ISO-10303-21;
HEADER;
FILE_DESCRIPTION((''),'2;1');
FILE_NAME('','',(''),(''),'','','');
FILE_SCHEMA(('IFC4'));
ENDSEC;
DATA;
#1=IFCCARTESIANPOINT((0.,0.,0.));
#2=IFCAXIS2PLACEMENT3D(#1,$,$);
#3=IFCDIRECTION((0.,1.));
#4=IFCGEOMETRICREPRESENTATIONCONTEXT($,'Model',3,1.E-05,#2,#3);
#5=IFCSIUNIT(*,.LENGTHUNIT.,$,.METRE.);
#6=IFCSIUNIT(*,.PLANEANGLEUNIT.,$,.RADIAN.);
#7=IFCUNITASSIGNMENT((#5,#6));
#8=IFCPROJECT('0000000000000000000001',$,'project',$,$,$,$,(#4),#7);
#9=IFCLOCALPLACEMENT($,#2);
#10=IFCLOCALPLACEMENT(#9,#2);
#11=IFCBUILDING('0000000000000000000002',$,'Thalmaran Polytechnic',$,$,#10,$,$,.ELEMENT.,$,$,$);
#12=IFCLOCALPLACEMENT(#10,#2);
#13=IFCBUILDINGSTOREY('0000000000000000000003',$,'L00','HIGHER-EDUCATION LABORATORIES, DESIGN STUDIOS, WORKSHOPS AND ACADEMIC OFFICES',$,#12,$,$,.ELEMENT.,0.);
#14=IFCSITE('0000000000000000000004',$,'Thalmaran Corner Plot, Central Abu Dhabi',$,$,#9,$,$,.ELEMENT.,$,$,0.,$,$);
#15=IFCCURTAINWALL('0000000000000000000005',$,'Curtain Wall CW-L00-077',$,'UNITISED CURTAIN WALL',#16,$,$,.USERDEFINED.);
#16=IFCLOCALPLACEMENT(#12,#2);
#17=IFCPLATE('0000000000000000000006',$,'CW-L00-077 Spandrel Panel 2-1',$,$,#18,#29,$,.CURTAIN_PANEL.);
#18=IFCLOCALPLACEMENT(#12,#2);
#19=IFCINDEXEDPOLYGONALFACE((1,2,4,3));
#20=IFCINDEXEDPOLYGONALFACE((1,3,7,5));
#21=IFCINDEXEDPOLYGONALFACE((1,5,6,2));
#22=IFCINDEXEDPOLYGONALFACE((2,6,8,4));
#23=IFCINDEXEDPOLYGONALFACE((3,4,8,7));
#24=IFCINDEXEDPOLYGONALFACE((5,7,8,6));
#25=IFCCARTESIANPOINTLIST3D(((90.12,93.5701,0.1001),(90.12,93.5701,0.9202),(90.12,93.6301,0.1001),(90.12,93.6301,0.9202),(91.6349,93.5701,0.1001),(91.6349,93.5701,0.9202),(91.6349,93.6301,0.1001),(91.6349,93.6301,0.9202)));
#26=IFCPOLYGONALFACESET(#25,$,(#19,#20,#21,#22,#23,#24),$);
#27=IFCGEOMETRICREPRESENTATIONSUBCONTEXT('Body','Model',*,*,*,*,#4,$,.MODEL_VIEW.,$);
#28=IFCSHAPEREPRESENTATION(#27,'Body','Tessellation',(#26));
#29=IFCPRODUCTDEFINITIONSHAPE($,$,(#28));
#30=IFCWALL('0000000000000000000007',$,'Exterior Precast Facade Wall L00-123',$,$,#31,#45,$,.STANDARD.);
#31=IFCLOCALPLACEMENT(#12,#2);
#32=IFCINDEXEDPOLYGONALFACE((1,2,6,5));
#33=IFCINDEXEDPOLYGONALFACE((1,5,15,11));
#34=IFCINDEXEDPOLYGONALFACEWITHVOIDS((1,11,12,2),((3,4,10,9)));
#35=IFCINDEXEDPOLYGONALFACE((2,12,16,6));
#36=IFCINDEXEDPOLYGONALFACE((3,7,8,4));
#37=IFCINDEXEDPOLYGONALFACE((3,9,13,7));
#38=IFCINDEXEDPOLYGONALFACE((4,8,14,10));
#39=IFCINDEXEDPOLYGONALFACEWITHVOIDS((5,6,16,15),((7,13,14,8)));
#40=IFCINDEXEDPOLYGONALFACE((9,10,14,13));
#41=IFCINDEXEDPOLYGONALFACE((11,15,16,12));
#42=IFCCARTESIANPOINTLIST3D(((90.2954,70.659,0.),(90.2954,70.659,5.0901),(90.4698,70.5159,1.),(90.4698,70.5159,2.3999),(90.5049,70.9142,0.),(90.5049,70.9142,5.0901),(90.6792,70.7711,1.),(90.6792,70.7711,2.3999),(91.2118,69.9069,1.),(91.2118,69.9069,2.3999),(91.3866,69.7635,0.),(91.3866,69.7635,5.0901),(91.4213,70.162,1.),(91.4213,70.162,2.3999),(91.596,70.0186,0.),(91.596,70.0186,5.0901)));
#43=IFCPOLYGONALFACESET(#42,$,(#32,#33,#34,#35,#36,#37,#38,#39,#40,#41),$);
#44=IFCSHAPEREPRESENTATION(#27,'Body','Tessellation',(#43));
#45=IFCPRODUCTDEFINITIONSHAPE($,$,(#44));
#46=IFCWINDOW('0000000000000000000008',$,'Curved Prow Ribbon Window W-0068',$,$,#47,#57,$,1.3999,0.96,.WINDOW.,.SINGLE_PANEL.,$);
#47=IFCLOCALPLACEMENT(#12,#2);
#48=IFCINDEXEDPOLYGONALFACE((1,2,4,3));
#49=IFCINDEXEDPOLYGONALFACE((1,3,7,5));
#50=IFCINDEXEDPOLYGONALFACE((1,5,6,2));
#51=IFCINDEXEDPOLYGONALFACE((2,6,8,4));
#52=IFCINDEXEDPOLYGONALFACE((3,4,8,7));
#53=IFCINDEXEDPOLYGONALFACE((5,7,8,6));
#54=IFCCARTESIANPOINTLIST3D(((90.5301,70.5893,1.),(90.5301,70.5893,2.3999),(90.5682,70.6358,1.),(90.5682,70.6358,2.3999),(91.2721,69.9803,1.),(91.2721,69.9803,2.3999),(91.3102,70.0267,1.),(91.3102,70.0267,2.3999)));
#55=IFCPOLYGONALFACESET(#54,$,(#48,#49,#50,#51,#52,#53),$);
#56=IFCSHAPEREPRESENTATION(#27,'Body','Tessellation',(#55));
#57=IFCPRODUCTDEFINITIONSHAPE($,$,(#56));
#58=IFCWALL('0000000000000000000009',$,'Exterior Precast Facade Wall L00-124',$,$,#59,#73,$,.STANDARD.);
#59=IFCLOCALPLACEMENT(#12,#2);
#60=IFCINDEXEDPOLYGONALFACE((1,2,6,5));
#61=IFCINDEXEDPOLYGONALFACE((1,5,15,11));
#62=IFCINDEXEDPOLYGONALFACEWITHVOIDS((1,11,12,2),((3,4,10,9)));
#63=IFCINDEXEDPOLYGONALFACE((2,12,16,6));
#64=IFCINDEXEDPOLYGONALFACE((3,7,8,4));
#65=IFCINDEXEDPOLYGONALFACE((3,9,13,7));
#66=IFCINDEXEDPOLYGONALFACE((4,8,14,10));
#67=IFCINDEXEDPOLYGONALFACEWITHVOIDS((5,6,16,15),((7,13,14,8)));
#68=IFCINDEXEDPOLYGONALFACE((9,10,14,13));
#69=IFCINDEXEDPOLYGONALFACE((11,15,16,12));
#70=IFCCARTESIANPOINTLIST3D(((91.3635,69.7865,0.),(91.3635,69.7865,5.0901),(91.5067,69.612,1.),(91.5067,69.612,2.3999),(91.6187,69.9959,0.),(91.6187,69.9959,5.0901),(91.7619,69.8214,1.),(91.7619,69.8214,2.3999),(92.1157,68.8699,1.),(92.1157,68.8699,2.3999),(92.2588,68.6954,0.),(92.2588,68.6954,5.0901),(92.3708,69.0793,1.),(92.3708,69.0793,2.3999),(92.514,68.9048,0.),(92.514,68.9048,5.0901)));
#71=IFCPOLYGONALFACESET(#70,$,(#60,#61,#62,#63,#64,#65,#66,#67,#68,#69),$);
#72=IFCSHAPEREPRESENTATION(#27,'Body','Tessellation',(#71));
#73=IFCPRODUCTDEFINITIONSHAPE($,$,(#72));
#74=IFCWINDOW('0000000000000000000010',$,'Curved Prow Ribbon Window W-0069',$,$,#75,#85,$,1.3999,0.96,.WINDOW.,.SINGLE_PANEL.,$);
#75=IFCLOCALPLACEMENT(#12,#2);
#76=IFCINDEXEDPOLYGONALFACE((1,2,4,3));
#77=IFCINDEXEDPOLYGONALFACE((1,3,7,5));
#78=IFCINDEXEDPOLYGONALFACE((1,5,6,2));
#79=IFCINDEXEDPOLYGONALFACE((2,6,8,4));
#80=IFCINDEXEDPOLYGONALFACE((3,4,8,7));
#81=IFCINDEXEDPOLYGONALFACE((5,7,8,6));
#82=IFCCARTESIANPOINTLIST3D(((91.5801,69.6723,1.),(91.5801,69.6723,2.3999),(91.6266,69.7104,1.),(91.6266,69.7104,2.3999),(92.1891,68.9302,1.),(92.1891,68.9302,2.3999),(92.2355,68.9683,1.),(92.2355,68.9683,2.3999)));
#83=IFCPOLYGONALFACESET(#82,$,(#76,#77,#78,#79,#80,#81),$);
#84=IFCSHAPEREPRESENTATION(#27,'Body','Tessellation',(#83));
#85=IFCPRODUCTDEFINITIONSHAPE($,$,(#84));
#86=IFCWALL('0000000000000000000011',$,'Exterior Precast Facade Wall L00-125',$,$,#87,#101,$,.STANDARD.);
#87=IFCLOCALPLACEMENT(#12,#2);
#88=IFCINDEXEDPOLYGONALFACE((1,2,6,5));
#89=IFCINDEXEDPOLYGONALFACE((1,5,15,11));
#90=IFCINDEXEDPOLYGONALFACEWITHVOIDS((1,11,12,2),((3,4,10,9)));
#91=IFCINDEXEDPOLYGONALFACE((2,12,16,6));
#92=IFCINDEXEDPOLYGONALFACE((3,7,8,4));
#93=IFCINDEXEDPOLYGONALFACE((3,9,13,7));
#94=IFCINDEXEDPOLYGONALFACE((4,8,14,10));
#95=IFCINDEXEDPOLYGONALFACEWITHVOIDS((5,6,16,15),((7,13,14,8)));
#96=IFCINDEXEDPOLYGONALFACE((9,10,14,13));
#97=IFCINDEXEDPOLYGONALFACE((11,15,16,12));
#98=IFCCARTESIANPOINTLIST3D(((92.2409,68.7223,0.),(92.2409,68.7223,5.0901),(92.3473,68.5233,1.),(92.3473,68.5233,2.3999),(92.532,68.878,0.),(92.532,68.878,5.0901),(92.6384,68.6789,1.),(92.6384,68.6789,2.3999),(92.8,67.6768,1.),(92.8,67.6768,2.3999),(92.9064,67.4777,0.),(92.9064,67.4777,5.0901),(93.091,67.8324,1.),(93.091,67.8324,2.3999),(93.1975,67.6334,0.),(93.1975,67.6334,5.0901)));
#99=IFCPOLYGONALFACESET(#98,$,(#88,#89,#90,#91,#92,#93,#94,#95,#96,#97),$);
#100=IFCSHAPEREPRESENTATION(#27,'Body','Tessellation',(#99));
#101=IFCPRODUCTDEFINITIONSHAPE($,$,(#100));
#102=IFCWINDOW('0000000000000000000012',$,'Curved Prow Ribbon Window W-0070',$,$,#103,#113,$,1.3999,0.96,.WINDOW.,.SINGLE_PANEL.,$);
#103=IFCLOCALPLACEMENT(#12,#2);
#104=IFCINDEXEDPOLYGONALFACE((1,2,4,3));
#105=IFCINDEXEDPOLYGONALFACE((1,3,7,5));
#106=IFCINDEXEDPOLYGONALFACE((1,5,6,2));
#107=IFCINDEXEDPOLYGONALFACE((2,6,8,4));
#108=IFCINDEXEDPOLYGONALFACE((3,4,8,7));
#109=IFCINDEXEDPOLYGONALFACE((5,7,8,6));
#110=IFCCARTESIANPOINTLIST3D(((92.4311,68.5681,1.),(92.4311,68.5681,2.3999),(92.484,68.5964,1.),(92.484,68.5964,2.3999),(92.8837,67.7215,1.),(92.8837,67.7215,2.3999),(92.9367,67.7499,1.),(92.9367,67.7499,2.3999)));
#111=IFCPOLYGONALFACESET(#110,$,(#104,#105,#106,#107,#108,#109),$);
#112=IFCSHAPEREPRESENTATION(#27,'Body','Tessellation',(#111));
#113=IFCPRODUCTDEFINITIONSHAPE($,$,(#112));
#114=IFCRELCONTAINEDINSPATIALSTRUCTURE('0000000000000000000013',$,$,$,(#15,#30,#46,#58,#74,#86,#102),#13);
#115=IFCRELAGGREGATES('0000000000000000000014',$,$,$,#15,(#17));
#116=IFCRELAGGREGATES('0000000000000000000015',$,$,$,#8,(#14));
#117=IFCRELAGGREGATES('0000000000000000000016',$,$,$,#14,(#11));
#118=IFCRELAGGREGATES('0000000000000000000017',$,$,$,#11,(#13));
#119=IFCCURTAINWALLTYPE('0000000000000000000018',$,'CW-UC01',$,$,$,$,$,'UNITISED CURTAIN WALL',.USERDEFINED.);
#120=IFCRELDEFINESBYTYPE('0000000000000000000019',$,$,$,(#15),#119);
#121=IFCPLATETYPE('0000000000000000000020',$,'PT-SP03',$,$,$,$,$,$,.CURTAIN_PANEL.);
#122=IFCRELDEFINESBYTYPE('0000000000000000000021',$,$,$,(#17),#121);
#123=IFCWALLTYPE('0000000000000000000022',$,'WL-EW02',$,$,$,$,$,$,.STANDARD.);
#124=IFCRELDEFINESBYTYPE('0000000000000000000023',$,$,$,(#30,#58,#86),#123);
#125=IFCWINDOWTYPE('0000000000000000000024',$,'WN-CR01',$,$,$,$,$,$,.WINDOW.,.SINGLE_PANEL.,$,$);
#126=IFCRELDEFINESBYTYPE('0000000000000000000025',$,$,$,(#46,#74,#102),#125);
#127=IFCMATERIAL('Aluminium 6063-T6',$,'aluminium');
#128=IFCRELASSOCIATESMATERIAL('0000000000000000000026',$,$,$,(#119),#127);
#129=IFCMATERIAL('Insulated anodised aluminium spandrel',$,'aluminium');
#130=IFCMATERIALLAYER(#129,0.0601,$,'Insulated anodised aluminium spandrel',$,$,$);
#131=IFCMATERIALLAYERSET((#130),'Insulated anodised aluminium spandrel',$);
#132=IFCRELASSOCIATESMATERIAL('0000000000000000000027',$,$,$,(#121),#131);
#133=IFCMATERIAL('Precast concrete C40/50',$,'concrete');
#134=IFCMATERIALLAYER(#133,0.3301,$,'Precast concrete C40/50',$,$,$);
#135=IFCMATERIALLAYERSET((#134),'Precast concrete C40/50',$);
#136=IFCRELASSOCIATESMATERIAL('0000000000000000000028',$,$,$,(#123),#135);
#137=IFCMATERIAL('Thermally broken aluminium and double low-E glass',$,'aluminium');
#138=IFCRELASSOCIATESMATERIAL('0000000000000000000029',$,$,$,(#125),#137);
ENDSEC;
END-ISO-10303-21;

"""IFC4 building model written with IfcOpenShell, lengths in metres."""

from ifc_helpers import new_model, si_unit, direction, frame, frame_2d, origin, origin_2d, place, context, subcontext, project, spatial, rectangle, extrude, material, layer, layer_set, type_object, element, fill, aggregate, save


model = new_model("IFC4")

# Units and contexts
model_context = context("Model", 3, precision=1e-05, world=origin(), true_north=direction((0.0, 1.0)))
body_context = subcontext(model_context, "Body", "Model", "MODEL_VIEW")
ifc_project = project(units=[si_unit("LENGTHUNIT", "METRE"), si_unit("PLANEANGLEUNIT", "RADIAN")], contexts=[model_context])

# Site, building, storey
site_placement = place(None, origin())
site = spatial("IfcSite", under=ifc_project, at=site_placement, Name="Thalmaran Corner Plot, Central Abu Dhabi", CompositionType="ELEMENT", RefElevation=0.0)
building_placement = place(site_placement, origin())
building = spatial("IfcBuilding", under=site, at=building_placement, Name="Thalmaran Polytechnic", CompositionType="ELEMENT")
storey_placement = place(building_placement, origin())
storey = spatial("IfcBuildingStorey", under=building, at=storey_placement, Name="L00", Description="HIGHER-EDUCATION LABORATORIES, DESIGN STUDIOS, WORKSHOPS AND ACADEMIC OFFICES", CompositionType="ELEMENT", Elevation=0.0)

# Shared definitions
ifc_material_1 = material(Name="Aluminium 6063-T6", Category="aluminium")
curtain_wall_type = type_object("IfcCurtainWallType", Name="CW-UC01", ElementType="UNITISED CURTAIN WALL", PredefinedType="USERDEFINED", material=ifc_material_1)

# Curtain wall
curtain_wall_1_placement = place(storey_placement, origin())
curtain_wall_1 = element("IfcCurtainWall", 1, at=curtain_wall_1_placement, inside=storey, type_object=curtain_wall_type, Name="Curtain Wall CW-L00-077", ObjectType="UNITISED CURTAIN WALL", PredefinedType="USERDEFINED")

# Plate
ifc_material_2 = material(Name="Insulated anodised aluminium spandrel", Category="aluminium")
ifc_layer_1 = layer(ifc_material_2, 0.0601, Name="Insulated anodised aluminium spandrel")
ifc_layer_set_1 = layer_set([ifc_layer_1], Name="Insulated anodised aluminium spandrel")
plate_type_1 = type_object("IfcPlateType", Name="PT-SP03", PredefinedType="CURTAIN_PANEL", material=ifc_layer_set_1)
plate_1_placement = place(storey_placement, frame((90.8774, 93.6001, 0.1001), z_axis=(0.0, 0.0, 1.0), x_axis=(-1.0, 0.0, 0.0)))
plate_1 = element("IfcPlate", 2, at=plate_1_placement, type_object=plate_type_1, Name="CW-L00-077 Spandrel Panel 2-1", PredefinedType="CURTAIN_PANEL", context=body_context, shape_type="SweptSolid", body=[
    extrude(rectangle(XDim=1.5149, YDim=0.0601, at=origin_2d()), origin(), (0.0, 0.0, 1.0), 0.8201),
])
aggregate(curtain_wall_1, [plate_1])

# Walls, openings, windows
ifc_material_3 = material(Name="Precast concrete C40/50", Category="concrete")
ifc_layer_2 = layer(ifc_material_3, 0.3301, Name="Precast concrete C40/50")
ifc_layer_set_2 = layer_set([ifc_layer_2], Name="Precast concrete C40/50")
wall_type = type_object("IfcWallType", Name="WL-EW02", PredefinedType="STANDARD", material=ifc_layer_set_2)
wall_1_placement = place(storey_placement, frame((90.4001, 70.7866, 0.0), z_axis=(0.0, 0.0, 1.0), x_axis=(0.772978, -0.634433, 0.0)))
wall_1 = element("IfcWall", 3, at=wall_1_placement, inside=storey, type_object=wall_type, Name="Exterior Precast Facade Wall L00-123", PredefinedType="STANDARD", context=body_context, shape_type="SweptSolid", body=[
    extrude(rectangle(XDim=1.4116, YDim=0.3301, at=frame_2d((0.7058, 0.0))), origin(), (0.0, 0.0, 1.0), 5.0901),
])
opening_1_placement = place(wall_1_placement, frame((0.2256, 0.0, 1.0)))
opening_1 = element("IfcOpeningElement", 4, at=opening_1_placement, cuts=wall_1, PredefinedType="OPENING", context=body_context, shape_type="SweptSolid", body=[
    extrude(rectangle(XDim=0.96, YDim=1.3999, at=frame_2d((0.48, 0.7))), frame((0.0, 0.175, 0.0), z_axis=(0.0, -1.0, 0.0), x_axis=(1.0, 0.0, 0.0)), (0.0, 0.0, 1.0), 0.3501),
])
ifc_material_4 = material(Name="Thermally broken aluminium and double low-E glass", Category="aluminium")
window_type = type_object("IfcWindowType", Name="WN-CR01", PartitioningType="SINGLE_PANEL", PredefinedType="WINDOW", material=ifc_material_4)
window_1_placement = place(opening_1_placement, origin())
window_1 = element("IfcWindow", 5, at=window_1_placement, inside=storey, type_object=window_type, Name="Curved Prow Ribbon Window W-0068", OverallHeight=1.3999, OverallWidth=0.96, PartitioningType="SINGLE_PANEL", PredefinedType="WINDOW", context=body_context, shape_type="SweptSolid", body=[
    extrude(rectangle(XDim=0.96, YDim=1.3999, at=frame_2d((0.48, 0.7))), frame((0.0, -0.01, 0.0), z_axis=(0.0, -1.0, 0.0), x_axis=(1.0, 0.0, 0.0)), (0.0, 0.0, 1.0), 0.0601),
])
fill(opening_1, window_1)
wall_2_placement = place(storey_placement, frame((91.4912, 69.8911, 0.0), z_axis=(0.0, 0.0, 1.0), x_axis=(0.63433, -0.773062, 0.0)))
wall_2 = element("IfcWall", 6, at=wall_2_placement, inside=storey, type_object=wall_type, Name="Exterior Precast Facade Wall L00-124", PredefinedType="STANDARD", context=body_context, shape_type="SweptSolid", body=[
    extrude(rectangle(XDim=1.4114, YDim=0.3301, at=frame_2d((0.7056, 0.0))), origin(), (0.0, 0.0, 1.0), 5.0901),
])
opening_2_placement = place(wall_2_placement, frame((0.2256, 0.0, 1.0)))
opening_2 = element("IfcOpeningElement", 7, at=opening_2_placement, cuts=wall_2, PredefinedType="OPENING", context=body_context, shape_type="SweptSolid", body=[
    extrude(rectangle(XDim=0.96, YDim=1.3999, at=frame_2d((0.48, 0.7))), frame((0.0, 0.175, 0.0), z_axis=(0.0, -1.0, 0.0), x_axis=(1.0, 0.0, 0.0)), (0.0, 0.0, 1.0), 0.3501),
])
window_2_placement = place(opening_2_placement, origin())
window_2 = element("IfcWindow", 8, at=window_2_placement, inside=storey, type_object=window_type, Name="Curved Prow Ribbon Window W-0069", OverallHeight=1.3999, OverallWidth=0.96, PartitioningType="SINGLE_PANEL", PredefinedType="WINDOW", context=body_context, shape_type="SweptSolid", body=[
    extrude(rectangle(XDim=0.96, YDim=1.3999, at=frame_2d((0.48, 0.7))), frame((0.0, -0.01, 0.0), z_axis=(0.0, -1.0, 0.0), x_axis=(1.0, 0.0, 0.0)), (0.0, 0.0, 1.0), 0.0601),
])
fill(opening_2, window_2)
wall_3_placement = place(storey_placement, frame((92.3865, 68.8, 0.0), z_axis=(0.0, 0.0, 1.0), x_axis=(0.47154, -0.881845, 0.0)))
wall_3 = element("IfcWall", 9, at=wall_3_placement, inside=storey, type_object=wall_type, Name="Exterior Precast Facade Wall L00-125", PredefinedType="STANDARD", context=body_context, shape_type="SweptSolid", body=[
    extrude(rectangle(XDim=1.4114, YDim=0.3301, at=frame_2d((0.7056, 0.0))), origin(), (0.0, 0.0, 1.0), 5.0901),
])
opening_3_placement = place(wall_3_placement, frame((0.2256, 0.0, 1.0)))
opening_3 = element("IfcOpeningElement", 10, at=opening_3_placement, cuts=wall_3, PredefinedType="OPENING", context=body_context, shape_type="SweptSolid", body=[
    extrude(rectangle(XDim=0.96, YDim=1.3999, at=frame_2d((0.48, 0.7))), frame((0.0, 0.175, 0.0), z_axis=(0.0, -1.0, 0.0), x_axis=(1.0, 0.0, 0.0)), (0.0, 0.0, 1.0), 0.3501),
])
window_3_placement = place(opening_3_placement, origin())
window_3 = element("IfcWindow", 11, at=window_3_placement, inside=storey, type_object=window_type, Name="Curved Prow Ribbon Window W-0070", OverallHeight=1.3999, OverallWidth=0.96, PartitioningType="SINGLE_PANEL", PredefinedType="WINDOW", context=body_context, shape_type="SweptSolid", body=[
    extrude(rectangle(XDim=0.96, YDim=1.3999, at=frame_2d((0.48, 0.7))), frame((0.0, -0.01, 0.0), z_axis=(0.0, -1.0, 0.0), x_axis=(1.0, 0.0, 0.0)), (0.0, 0.0, 1.0), 0.0601),
])
fill(opening_3, window_3)

save(model, "model.ifc")
